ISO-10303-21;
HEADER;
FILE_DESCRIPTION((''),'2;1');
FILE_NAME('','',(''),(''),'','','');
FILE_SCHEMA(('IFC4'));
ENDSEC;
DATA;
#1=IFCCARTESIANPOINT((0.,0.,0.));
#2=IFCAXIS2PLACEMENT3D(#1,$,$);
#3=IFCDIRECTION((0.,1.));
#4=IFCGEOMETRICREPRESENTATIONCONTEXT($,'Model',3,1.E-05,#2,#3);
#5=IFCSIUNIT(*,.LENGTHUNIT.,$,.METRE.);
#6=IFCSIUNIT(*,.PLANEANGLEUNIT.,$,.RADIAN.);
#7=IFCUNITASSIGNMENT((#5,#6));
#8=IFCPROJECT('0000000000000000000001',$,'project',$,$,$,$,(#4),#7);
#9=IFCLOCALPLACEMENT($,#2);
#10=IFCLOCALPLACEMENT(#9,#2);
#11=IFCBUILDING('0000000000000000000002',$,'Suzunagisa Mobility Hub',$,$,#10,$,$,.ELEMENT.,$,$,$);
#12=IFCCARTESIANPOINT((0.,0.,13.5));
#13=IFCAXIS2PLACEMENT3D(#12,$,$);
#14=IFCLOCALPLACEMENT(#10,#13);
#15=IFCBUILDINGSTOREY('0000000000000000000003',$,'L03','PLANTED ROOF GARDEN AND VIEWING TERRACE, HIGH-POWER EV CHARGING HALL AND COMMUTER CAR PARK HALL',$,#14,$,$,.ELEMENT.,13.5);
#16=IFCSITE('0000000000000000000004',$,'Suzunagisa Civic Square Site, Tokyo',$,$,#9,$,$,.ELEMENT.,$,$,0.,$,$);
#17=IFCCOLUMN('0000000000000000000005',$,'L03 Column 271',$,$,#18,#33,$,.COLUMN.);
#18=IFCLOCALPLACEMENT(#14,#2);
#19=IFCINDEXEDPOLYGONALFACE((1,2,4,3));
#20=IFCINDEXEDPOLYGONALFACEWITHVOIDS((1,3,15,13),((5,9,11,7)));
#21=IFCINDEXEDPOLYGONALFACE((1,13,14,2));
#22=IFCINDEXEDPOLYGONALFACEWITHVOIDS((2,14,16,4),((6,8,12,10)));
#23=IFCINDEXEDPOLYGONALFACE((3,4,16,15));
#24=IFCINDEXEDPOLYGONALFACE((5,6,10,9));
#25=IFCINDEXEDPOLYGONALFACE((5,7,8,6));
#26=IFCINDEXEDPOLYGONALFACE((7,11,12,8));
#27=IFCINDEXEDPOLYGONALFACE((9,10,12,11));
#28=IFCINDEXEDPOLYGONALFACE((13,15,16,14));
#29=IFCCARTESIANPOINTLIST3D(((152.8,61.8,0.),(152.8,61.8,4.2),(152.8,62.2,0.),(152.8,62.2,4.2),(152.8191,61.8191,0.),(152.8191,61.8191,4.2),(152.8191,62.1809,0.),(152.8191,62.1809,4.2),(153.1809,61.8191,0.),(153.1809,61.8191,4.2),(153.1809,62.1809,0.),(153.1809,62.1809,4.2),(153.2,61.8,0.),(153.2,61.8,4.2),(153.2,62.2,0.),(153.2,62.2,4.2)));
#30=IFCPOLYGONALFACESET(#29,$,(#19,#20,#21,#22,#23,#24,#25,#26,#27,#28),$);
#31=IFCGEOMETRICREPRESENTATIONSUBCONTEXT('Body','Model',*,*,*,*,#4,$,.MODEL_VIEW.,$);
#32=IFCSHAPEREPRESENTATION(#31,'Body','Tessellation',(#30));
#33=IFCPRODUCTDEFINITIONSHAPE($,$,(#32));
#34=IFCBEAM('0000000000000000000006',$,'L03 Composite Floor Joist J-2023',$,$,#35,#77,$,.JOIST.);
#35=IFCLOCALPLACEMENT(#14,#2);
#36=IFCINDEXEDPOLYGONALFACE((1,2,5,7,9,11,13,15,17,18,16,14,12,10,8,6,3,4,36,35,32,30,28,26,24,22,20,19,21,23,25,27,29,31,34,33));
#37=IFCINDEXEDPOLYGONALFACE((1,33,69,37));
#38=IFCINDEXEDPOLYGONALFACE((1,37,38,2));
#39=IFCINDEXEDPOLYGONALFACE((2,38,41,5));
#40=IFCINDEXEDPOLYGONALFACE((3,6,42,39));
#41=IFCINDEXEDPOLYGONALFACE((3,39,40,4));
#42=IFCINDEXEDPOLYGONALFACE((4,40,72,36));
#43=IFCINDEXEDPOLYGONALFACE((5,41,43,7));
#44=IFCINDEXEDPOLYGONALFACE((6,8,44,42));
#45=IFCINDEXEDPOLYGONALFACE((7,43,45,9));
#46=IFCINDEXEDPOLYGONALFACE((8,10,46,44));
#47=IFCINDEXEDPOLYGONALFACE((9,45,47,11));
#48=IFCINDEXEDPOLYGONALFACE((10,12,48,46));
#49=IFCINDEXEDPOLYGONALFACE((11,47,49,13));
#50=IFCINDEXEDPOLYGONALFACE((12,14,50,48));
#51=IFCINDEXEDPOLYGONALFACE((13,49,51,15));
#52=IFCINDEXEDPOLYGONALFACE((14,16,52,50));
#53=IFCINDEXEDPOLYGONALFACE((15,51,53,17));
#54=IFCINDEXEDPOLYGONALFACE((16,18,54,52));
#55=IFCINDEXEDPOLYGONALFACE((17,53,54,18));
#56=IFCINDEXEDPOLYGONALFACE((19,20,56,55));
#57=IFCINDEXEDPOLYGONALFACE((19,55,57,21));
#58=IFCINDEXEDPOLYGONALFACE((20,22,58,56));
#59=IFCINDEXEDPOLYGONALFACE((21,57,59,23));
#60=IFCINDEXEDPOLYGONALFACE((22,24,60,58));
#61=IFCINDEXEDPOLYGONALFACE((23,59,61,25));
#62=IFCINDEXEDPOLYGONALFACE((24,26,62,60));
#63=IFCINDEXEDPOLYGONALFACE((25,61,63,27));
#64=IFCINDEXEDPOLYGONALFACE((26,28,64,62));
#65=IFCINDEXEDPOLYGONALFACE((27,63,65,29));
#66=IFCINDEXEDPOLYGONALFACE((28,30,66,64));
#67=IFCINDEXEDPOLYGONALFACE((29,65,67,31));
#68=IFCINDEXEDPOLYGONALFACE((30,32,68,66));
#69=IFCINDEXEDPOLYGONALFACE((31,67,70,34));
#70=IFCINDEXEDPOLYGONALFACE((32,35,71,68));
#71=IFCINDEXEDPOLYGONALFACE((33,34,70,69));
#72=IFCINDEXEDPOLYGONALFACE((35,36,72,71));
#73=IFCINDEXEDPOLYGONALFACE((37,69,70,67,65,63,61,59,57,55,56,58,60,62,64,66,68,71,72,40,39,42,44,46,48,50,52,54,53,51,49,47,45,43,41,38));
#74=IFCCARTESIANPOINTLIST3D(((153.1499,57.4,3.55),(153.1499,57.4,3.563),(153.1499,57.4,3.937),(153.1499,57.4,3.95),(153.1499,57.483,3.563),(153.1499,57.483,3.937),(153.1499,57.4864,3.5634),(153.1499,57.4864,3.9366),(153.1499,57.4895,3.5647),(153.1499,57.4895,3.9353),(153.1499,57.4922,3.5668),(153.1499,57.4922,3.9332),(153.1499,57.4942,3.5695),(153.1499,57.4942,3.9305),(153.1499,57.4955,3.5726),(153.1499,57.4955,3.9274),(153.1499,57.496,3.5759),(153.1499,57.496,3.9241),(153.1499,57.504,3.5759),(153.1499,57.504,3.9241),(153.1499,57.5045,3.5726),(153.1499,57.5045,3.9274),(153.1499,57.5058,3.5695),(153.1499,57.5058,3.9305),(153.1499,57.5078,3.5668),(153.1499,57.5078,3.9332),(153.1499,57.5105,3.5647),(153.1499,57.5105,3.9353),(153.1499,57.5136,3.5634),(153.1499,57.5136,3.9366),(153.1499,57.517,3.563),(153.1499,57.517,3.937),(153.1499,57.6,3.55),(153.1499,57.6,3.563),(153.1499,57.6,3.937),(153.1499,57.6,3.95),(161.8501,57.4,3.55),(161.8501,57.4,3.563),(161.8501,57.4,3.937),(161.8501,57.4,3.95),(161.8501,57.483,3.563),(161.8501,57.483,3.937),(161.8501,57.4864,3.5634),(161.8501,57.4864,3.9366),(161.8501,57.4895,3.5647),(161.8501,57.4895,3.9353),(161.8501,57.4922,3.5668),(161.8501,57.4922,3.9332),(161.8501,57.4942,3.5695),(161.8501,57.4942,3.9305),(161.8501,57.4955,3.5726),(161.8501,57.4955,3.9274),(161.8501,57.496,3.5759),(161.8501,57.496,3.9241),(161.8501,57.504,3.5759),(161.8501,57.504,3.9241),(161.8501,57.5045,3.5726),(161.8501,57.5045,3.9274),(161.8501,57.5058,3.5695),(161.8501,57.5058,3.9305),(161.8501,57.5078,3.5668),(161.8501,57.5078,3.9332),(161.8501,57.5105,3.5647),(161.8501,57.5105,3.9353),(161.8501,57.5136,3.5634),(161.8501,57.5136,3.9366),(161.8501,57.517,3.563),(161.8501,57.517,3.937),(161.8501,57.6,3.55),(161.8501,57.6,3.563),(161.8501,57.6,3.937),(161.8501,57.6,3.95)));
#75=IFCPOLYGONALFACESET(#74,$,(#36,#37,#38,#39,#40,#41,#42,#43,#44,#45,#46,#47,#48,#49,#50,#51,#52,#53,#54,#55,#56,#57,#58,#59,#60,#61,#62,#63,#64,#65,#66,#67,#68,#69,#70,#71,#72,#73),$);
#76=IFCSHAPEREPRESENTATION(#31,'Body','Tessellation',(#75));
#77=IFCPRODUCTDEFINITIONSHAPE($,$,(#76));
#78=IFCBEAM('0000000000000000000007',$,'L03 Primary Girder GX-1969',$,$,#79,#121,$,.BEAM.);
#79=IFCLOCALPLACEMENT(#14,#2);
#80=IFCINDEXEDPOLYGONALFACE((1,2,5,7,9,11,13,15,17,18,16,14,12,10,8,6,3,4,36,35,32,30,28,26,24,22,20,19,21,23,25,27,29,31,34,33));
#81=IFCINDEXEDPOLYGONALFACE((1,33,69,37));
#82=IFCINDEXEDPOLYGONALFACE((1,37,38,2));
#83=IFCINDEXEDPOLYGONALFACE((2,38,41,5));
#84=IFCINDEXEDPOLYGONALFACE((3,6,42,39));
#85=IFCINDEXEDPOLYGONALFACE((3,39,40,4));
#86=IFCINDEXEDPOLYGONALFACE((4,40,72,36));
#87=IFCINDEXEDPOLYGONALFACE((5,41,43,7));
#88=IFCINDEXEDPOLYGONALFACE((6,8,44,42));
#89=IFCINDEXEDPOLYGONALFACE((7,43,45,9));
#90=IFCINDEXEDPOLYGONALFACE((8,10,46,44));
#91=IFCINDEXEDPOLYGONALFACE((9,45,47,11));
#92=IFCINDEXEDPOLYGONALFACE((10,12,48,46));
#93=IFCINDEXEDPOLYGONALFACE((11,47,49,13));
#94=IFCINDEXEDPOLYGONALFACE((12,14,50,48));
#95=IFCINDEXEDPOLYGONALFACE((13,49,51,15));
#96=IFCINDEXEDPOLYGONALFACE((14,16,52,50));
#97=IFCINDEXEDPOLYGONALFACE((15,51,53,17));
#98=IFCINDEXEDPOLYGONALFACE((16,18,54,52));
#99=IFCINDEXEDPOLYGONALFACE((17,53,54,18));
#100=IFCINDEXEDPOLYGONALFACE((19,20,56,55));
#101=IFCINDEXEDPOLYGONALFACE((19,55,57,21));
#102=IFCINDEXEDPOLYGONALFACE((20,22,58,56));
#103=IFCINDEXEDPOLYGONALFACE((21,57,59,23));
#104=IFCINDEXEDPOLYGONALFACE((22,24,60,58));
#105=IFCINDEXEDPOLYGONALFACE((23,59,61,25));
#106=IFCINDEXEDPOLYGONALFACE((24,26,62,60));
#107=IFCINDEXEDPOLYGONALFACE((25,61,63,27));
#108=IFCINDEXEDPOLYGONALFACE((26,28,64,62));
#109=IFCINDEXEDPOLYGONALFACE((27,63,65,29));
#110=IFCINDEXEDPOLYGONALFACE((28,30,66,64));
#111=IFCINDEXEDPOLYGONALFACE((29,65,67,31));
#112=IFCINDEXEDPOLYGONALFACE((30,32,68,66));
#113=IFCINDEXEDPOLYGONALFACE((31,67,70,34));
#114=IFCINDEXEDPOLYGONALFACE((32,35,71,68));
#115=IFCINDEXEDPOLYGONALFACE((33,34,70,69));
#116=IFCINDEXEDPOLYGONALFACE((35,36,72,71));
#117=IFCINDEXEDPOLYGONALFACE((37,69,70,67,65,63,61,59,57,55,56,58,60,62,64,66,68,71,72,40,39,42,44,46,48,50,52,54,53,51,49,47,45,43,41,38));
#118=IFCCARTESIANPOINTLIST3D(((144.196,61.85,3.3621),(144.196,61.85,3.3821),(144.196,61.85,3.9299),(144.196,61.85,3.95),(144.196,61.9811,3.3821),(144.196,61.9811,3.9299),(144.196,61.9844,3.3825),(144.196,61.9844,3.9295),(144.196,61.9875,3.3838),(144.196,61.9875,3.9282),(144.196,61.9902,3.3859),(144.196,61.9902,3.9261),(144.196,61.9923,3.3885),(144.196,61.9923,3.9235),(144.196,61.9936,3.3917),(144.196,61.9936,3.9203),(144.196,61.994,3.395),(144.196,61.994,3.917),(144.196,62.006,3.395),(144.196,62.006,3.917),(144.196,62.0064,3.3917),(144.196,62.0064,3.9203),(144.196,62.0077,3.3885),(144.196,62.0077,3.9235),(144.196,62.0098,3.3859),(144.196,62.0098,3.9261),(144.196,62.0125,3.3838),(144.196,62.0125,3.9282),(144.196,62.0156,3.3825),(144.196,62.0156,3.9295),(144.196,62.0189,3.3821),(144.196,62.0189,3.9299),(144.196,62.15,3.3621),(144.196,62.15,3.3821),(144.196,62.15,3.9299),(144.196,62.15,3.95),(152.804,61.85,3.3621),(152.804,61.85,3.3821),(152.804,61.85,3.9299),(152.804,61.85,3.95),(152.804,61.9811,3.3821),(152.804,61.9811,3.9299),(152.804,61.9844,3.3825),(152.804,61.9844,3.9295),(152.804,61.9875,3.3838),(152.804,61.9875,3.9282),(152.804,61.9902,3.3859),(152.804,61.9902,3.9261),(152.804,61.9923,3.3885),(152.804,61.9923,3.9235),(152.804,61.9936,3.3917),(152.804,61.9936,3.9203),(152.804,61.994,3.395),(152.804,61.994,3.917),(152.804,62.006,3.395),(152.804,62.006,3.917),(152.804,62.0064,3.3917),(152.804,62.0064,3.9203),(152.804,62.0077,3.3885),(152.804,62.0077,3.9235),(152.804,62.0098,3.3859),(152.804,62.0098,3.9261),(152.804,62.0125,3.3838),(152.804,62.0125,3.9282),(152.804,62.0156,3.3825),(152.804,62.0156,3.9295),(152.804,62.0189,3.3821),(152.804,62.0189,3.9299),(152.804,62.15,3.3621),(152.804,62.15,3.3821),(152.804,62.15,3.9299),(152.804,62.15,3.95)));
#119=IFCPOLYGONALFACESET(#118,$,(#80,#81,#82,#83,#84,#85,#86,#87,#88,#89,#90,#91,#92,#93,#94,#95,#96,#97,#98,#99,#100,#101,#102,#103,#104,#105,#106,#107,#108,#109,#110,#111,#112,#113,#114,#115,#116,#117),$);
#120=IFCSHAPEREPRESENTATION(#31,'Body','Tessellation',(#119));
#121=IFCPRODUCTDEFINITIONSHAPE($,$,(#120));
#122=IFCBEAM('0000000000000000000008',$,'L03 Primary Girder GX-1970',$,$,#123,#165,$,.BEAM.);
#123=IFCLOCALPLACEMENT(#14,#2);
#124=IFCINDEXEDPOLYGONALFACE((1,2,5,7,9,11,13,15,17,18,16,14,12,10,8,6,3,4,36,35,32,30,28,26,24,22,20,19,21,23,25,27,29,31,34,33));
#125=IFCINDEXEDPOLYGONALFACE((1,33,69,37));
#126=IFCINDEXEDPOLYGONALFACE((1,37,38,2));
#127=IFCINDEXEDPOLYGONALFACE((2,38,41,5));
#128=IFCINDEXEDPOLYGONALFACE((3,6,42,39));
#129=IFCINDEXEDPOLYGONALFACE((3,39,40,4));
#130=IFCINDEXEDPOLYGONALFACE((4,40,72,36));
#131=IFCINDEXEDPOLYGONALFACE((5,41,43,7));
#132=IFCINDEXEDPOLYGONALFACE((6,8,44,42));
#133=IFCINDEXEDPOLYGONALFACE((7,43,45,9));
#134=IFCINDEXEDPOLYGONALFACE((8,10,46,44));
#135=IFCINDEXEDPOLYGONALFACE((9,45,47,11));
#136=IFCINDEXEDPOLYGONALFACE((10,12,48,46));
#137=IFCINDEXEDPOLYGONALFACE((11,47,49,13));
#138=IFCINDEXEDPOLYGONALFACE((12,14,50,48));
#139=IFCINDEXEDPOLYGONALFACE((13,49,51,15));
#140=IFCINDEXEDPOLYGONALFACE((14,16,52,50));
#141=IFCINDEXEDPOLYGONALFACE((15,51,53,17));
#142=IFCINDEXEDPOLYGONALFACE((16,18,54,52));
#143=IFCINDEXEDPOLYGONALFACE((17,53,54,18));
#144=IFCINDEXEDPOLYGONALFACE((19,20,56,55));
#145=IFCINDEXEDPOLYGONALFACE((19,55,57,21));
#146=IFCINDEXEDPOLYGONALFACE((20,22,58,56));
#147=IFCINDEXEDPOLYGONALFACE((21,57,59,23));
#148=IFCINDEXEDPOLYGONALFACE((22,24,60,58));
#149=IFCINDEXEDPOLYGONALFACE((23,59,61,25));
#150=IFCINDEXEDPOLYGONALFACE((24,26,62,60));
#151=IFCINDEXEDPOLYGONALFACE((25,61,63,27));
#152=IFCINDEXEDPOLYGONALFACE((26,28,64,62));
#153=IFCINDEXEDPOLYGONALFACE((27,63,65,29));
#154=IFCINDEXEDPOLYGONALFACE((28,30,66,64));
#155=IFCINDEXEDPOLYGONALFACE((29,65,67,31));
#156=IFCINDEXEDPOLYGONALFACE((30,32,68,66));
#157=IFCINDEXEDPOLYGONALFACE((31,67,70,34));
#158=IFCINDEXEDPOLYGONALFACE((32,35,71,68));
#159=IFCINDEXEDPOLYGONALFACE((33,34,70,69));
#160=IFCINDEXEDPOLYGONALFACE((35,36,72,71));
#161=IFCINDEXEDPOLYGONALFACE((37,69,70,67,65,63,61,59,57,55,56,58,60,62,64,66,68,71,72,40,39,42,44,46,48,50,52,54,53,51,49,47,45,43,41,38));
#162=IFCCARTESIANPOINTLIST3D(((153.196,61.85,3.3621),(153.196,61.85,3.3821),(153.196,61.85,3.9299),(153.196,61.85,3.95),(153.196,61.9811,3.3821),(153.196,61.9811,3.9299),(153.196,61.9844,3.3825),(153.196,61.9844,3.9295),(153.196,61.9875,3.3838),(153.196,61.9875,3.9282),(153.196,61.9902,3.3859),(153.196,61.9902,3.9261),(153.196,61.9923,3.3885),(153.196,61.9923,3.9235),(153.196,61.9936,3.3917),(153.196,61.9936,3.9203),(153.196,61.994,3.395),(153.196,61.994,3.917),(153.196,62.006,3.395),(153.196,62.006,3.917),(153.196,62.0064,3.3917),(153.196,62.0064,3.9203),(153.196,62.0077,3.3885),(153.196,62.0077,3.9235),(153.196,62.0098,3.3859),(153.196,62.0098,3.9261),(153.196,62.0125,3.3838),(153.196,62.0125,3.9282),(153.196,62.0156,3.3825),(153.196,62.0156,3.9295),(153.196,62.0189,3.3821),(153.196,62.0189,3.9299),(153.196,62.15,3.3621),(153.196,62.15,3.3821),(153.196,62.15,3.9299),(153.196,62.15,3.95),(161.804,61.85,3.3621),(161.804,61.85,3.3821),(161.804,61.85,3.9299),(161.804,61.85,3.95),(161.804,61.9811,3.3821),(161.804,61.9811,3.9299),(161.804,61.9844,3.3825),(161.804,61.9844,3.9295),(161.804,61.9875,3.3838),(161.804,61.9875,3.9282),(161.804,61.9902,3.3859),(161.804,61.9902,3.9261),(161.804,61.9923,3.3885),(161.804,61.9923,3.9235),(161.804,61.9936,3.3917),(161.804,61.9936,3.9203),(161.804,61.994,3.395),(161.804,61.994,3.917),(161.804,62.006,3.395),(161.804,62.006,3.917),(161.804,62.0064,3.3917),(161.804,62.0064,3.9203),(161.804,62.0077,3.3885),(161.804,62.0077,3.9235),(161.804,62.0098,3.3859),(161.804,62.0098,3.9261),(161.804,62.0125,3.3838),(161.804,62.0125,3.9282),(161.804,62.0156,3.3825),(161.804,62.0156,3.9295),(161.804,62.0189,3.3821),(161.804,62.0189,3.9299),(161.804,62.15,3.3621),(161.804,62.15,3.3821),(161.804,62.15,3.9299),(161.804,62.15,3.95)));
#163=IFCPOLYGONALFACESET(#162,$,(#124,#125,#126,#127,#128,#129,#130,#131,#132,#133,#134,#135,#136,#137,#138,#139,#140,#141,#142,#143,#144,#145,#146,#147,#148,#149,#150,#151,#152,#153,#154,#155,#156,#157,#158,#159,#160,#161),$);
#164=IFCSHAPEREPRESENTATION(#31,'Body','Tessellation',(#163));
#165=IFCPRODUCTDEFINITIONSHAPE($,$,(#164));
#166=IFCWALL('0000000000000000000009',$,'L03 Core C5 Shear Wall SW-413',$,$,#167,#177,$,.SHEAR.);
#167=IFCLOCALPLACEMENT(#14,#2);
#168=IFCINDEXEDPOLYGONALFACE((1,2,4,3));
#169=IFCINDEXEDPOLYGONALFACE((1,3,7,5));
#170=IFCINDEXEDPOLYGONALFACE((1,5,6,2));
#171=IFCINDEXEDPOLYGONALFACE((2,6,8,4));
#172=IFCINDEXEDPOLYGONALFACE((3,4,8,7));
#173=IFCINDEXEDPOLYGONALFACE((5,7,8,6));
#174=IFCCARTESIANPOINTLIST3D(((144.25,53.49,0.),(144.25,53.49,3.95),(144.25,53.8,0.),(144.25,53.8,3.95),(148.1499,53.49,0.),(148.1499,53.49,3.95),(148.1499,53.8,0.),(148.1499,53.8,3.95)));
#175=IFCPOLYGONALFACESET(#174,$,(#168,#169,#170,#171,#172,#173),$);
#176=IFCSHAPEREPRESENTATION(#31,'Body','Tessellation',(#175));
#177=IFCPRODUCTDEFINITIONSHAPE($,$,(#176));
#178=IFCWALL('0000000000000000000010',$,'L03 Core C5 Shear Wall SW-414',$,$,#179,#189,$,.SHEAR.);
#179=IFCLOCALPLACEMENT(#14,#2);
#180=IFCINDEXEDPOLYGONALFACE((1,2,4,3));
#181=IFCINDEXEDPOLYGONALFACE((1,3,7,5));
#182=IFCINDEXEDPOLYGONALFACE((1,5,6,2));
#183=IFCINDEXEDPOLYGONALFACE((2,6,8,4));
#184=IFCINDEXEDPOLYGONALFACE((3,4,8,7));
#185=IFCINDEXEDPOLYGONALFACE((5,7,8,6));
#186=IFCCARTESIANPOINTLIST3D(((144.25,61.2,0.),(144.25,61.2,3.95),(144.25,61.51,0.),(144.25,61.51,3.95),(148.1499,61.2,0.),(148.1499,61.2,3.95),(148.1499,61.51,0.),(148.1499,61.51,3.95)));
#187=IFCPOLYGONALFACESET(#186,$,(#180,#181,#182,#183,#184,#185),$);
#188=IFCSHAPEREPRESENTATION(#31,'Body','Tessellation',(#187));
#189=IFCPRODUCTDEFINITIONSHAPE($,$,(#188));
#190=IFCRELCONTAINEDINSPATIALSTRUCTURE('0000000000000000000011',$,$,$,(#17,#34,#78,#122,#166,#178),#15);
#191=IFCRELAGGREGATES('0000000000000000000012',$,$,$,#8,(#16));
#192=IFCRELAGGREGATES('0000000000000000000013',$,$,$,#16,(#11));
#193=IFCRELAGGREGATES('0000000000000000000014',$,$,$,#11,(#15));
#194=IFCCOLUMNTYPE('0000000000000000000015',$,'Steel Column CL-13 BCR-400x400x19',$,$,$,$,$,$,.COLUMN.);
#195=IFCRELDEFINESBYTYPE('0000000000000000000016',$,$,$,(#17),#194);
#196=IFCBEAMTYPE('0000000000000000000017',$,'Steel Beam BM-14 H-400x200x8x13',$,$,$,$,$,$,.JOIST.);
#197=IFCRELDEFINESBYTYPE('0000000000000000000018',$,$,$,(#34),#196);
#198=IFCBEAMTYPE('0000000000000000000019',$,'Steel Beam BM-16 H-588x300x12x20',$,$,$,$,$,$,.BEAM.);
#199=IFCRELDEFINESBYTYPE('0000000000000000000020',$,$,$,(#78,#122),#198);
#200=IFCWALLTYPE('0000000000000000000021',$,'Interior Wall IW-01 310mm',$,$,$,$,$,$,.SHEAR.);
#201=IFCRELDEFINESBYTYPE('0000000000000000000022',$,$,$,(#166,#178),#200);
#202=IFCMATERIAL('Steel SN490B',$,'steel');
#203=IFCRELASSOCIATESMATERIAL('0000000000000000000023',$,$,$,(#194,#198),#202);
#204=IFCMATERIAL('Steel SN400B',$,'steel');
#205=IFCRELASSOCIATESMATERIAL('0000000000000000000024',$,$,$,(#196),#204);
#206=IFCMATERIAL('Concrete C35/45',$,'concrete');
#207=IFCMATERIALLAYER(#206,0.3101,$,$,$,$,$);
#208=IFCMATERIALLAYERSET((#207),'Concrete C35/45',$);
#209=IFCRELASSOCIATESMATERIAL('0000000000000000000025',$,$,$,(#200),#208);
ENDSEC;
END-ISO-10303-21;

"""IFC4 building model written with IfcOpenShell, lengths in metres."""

from ifc_helpers import new_model, si_unit, direction, frame, frame_2d, origin, origin_2d, place, context, subcontext, project, spatial, rectangle, hollow_rectangle, i_section, extrude, material, layer, layer_set, material_profile, profile_set, type_object, element, save


model = new_model("IFC4")

# Units and contexts
model_context = context("Model", 3, precision=1e-05, world=origin(), true_north=direction((0.0, 1.0)))
body_context = subcontext(model_context, "Body", "Model", "MODEL_VIEW")
ifc_project = project(units=[si_unit("LENGTHUNIT", "METRE"), si_unit("PLANEANGLEUNIT", "RADIAN")], contexts=[model_context])

# Site, building, storey
site_placement = place(None, origin())
site = spatial("IfcSite", under=ifc_project, at=site_placement, Name="Suzunagisa Civic Square Site, Tokyo", CompositionType="ELEMENT", RefElevation=0.0)
building_placement = place(site_placement, origin())
building = spatial("IfcBuilding", under=site, at=building_placement, Name="Suzunagisa Mobility Hub", CompositionType="ELEMENT")
storey_placement = place(building_placement, frame((0.0, 0.0, 13.5)))
storey = spatial("IfcBuildingStorey", under=building, at=storey_placement, Name="L03", Description="PLANTED ROOF GARDEN AND VIEWING TERRACE, HIGH-POWER EV CHARGING HALL AND COMMUTER CAR PARK HALL", CompositionType="ELEMENT", Elevation=13.5)

# Column
ifc_material_1 = material(Name="Steel SN490B", Category="steel")
ifc_material_profile_1 = material_profile(ifc_material_1, hollow_rectangle(XDim=0.3999, YDim=0.3999, WallThickness=0.019, at=origin_2d()), Name="BCR-400x400x19")
ifc_profile_set_1 = profile_set([ifc_material_profile_1], Name="Steel SN490B")
column_type = type_object("IfcColumnType", Name="Steel Column CL-13 BCR-400x400x19", PredefinedType="COLUMN", material=ifc_profile_set_1)
column_placement = place(storey_placement, frame((153.0, 62.0, 0.0), z_axis=(0.0, 0.0, 1.0), x_axis=(1.0, 0.0, 0.0)))
element("IfcColumn", 1, at=column_placement, inside=storey, type_object=column_type, Name="L03 Column 271", PredefinedType="COLUMN", context=body_context, shape_type="SweptSolid", body=[
    extrude(hollow_rectangle(XDim=0.3999, YDim=0.3999, WallThickness=0.019, at=origin_2d()), origin(), (0.0, 0.0, 1.0), 4.2),
])

# Beams
ifc_material_2 = material(Name="Steel SN400B", Category="steel")
ifc_material_profile_2 = material_profile(ifc_material_2, i_section(OverallWidth=0.2, OverallDepth=0.3999, WebThickness=0.0081, FlangeThickness=0.0129, FilletRadius=0.0129, at=origin_2d()), Name="H-400x200x8x13")
ifc_profile_set_2 = profile_set([ifc_material_profile_2], Name="Steel SN400B")
beam_type_1 = type_object("IfcBeamType", Name="Steel Beam BM-14 H-400x200x8x13", PredefinedType="JOIST", material=ifc_profile_set_2)
beam_placement = place(storey_placement, frame((153.1499, 57.5, 3.75), z_axis=(1.0, 0.0, 0.0), x_axis=(0.0, 1.0, 0.0)))
element("IfcBeam", 2, at=beam_placement, inside=storey, type_object=beam_type_1, Name="L03 Composite Floor Joist J-2023", PredefinedType="JOIST", context=body_context, shape_type="SweptSolid", body=[
    extrude(i_section(OverallWidth=0.2, OverallDepth=0.3999, WebThickness=0.0081, FlangeThickness=0.0129, FilletRadius=0.0129, at=origin_2d()), origin(), (0.0, 0.0, 1.0), 8.7002),
])
ifc_material_profile_3 = material_profile(ifc_material_1, i_section(OverallWidth=0.3, OverallDepth=0.5879, WebThickness=0.012, FlangeThickness=0.02, FilletRadius=0.0129, at=origin_2d()), Name="H-588x300x12x20")
ifc_profile_set_3 = profile_set([ifc_material_profile_3], Name="Steel SN490B")
beam_type_2 = type_object("IfcBeamType", Name="Steel Beam BM-16 H-588x300x12x20", PredefinedType="BEAM", material=ifc_profile_set_3)
for number, where, z_axis, x_axis, name in (
    (3, (144.196, 62.0, 3.656), (1.0, 0.0, 0.0), (0.0, 1.0, 0.0), "L03 Primary Girder GX-1969"),
    (4, (153.196, 62.0, 3.656), (1.0, 0.0, 0.0), (0.0, 1.0, 0.0), "L03 Primary Girder GX-1970"),
):
    element("IfcBeam", number, at=place(storey_placement, frame(where, z_axis=z_axis, x_axis=x_axis)), inside=storey, type_object=beam_type_2, Name=name, PredefinedType="BEAM", context=body_context, shape_type="SweptSolid", body=[
        extrude(i_section(OverallWidth=0.3, OverallDepth=0.5879, WebThickness=0.012, FlangeThickness=0.02, FilletRadius=0.0129, at=origin_2d()), origin(), (0.0, 0.0, 1.0), 8.6079),
    ])

# Walls
ifc_material_3 = material(Name="Concrete C35/45", Category="concrete")
ifc_layer_1 = layer(ifc_material_3, 0.3101)
ifc_layer_set_1 = layer_set([ifc_layer_1], Name="Concrete C35/45")
wall_type_1 = type_object("IfcWallType", Name="Interior Wall IW-01 310mm", PredefinedType="SHEAR", material=ifc_layer_set_1)
for number, where, z_axis, x_axis, name in (
    (5, (144.25, 53.645, 0.0), (0.0, 0.0, 1.0), (1.0, 0.0, 0.0), "L03 Core C5 Shear Wall SW-413"),
    (6, (144.25, 61.355, 0.0), (0.0, 0.0, 1.0), (1.0, 0.0, 0.0), "L03 Core C5 Shear Wall SW-414"),
):
    element("IfcWall", number, at=place(storey_placement, frame(where, z_axis=z_axis, x_axis=x_axis)), inside=storey, type_object=wall_type_1, Name=name, PredefinedType="SHEAR", context=body_context, shape_type="SweptSolid", body=[
        extrude(rectangle(XDim=3.8999, YDim=0.3101, at=frame_2d((1.95, 0.0))), origin(), (0.0, 0.0, 1.0), 3.95),
    ])

save(model, "model.ifc")
